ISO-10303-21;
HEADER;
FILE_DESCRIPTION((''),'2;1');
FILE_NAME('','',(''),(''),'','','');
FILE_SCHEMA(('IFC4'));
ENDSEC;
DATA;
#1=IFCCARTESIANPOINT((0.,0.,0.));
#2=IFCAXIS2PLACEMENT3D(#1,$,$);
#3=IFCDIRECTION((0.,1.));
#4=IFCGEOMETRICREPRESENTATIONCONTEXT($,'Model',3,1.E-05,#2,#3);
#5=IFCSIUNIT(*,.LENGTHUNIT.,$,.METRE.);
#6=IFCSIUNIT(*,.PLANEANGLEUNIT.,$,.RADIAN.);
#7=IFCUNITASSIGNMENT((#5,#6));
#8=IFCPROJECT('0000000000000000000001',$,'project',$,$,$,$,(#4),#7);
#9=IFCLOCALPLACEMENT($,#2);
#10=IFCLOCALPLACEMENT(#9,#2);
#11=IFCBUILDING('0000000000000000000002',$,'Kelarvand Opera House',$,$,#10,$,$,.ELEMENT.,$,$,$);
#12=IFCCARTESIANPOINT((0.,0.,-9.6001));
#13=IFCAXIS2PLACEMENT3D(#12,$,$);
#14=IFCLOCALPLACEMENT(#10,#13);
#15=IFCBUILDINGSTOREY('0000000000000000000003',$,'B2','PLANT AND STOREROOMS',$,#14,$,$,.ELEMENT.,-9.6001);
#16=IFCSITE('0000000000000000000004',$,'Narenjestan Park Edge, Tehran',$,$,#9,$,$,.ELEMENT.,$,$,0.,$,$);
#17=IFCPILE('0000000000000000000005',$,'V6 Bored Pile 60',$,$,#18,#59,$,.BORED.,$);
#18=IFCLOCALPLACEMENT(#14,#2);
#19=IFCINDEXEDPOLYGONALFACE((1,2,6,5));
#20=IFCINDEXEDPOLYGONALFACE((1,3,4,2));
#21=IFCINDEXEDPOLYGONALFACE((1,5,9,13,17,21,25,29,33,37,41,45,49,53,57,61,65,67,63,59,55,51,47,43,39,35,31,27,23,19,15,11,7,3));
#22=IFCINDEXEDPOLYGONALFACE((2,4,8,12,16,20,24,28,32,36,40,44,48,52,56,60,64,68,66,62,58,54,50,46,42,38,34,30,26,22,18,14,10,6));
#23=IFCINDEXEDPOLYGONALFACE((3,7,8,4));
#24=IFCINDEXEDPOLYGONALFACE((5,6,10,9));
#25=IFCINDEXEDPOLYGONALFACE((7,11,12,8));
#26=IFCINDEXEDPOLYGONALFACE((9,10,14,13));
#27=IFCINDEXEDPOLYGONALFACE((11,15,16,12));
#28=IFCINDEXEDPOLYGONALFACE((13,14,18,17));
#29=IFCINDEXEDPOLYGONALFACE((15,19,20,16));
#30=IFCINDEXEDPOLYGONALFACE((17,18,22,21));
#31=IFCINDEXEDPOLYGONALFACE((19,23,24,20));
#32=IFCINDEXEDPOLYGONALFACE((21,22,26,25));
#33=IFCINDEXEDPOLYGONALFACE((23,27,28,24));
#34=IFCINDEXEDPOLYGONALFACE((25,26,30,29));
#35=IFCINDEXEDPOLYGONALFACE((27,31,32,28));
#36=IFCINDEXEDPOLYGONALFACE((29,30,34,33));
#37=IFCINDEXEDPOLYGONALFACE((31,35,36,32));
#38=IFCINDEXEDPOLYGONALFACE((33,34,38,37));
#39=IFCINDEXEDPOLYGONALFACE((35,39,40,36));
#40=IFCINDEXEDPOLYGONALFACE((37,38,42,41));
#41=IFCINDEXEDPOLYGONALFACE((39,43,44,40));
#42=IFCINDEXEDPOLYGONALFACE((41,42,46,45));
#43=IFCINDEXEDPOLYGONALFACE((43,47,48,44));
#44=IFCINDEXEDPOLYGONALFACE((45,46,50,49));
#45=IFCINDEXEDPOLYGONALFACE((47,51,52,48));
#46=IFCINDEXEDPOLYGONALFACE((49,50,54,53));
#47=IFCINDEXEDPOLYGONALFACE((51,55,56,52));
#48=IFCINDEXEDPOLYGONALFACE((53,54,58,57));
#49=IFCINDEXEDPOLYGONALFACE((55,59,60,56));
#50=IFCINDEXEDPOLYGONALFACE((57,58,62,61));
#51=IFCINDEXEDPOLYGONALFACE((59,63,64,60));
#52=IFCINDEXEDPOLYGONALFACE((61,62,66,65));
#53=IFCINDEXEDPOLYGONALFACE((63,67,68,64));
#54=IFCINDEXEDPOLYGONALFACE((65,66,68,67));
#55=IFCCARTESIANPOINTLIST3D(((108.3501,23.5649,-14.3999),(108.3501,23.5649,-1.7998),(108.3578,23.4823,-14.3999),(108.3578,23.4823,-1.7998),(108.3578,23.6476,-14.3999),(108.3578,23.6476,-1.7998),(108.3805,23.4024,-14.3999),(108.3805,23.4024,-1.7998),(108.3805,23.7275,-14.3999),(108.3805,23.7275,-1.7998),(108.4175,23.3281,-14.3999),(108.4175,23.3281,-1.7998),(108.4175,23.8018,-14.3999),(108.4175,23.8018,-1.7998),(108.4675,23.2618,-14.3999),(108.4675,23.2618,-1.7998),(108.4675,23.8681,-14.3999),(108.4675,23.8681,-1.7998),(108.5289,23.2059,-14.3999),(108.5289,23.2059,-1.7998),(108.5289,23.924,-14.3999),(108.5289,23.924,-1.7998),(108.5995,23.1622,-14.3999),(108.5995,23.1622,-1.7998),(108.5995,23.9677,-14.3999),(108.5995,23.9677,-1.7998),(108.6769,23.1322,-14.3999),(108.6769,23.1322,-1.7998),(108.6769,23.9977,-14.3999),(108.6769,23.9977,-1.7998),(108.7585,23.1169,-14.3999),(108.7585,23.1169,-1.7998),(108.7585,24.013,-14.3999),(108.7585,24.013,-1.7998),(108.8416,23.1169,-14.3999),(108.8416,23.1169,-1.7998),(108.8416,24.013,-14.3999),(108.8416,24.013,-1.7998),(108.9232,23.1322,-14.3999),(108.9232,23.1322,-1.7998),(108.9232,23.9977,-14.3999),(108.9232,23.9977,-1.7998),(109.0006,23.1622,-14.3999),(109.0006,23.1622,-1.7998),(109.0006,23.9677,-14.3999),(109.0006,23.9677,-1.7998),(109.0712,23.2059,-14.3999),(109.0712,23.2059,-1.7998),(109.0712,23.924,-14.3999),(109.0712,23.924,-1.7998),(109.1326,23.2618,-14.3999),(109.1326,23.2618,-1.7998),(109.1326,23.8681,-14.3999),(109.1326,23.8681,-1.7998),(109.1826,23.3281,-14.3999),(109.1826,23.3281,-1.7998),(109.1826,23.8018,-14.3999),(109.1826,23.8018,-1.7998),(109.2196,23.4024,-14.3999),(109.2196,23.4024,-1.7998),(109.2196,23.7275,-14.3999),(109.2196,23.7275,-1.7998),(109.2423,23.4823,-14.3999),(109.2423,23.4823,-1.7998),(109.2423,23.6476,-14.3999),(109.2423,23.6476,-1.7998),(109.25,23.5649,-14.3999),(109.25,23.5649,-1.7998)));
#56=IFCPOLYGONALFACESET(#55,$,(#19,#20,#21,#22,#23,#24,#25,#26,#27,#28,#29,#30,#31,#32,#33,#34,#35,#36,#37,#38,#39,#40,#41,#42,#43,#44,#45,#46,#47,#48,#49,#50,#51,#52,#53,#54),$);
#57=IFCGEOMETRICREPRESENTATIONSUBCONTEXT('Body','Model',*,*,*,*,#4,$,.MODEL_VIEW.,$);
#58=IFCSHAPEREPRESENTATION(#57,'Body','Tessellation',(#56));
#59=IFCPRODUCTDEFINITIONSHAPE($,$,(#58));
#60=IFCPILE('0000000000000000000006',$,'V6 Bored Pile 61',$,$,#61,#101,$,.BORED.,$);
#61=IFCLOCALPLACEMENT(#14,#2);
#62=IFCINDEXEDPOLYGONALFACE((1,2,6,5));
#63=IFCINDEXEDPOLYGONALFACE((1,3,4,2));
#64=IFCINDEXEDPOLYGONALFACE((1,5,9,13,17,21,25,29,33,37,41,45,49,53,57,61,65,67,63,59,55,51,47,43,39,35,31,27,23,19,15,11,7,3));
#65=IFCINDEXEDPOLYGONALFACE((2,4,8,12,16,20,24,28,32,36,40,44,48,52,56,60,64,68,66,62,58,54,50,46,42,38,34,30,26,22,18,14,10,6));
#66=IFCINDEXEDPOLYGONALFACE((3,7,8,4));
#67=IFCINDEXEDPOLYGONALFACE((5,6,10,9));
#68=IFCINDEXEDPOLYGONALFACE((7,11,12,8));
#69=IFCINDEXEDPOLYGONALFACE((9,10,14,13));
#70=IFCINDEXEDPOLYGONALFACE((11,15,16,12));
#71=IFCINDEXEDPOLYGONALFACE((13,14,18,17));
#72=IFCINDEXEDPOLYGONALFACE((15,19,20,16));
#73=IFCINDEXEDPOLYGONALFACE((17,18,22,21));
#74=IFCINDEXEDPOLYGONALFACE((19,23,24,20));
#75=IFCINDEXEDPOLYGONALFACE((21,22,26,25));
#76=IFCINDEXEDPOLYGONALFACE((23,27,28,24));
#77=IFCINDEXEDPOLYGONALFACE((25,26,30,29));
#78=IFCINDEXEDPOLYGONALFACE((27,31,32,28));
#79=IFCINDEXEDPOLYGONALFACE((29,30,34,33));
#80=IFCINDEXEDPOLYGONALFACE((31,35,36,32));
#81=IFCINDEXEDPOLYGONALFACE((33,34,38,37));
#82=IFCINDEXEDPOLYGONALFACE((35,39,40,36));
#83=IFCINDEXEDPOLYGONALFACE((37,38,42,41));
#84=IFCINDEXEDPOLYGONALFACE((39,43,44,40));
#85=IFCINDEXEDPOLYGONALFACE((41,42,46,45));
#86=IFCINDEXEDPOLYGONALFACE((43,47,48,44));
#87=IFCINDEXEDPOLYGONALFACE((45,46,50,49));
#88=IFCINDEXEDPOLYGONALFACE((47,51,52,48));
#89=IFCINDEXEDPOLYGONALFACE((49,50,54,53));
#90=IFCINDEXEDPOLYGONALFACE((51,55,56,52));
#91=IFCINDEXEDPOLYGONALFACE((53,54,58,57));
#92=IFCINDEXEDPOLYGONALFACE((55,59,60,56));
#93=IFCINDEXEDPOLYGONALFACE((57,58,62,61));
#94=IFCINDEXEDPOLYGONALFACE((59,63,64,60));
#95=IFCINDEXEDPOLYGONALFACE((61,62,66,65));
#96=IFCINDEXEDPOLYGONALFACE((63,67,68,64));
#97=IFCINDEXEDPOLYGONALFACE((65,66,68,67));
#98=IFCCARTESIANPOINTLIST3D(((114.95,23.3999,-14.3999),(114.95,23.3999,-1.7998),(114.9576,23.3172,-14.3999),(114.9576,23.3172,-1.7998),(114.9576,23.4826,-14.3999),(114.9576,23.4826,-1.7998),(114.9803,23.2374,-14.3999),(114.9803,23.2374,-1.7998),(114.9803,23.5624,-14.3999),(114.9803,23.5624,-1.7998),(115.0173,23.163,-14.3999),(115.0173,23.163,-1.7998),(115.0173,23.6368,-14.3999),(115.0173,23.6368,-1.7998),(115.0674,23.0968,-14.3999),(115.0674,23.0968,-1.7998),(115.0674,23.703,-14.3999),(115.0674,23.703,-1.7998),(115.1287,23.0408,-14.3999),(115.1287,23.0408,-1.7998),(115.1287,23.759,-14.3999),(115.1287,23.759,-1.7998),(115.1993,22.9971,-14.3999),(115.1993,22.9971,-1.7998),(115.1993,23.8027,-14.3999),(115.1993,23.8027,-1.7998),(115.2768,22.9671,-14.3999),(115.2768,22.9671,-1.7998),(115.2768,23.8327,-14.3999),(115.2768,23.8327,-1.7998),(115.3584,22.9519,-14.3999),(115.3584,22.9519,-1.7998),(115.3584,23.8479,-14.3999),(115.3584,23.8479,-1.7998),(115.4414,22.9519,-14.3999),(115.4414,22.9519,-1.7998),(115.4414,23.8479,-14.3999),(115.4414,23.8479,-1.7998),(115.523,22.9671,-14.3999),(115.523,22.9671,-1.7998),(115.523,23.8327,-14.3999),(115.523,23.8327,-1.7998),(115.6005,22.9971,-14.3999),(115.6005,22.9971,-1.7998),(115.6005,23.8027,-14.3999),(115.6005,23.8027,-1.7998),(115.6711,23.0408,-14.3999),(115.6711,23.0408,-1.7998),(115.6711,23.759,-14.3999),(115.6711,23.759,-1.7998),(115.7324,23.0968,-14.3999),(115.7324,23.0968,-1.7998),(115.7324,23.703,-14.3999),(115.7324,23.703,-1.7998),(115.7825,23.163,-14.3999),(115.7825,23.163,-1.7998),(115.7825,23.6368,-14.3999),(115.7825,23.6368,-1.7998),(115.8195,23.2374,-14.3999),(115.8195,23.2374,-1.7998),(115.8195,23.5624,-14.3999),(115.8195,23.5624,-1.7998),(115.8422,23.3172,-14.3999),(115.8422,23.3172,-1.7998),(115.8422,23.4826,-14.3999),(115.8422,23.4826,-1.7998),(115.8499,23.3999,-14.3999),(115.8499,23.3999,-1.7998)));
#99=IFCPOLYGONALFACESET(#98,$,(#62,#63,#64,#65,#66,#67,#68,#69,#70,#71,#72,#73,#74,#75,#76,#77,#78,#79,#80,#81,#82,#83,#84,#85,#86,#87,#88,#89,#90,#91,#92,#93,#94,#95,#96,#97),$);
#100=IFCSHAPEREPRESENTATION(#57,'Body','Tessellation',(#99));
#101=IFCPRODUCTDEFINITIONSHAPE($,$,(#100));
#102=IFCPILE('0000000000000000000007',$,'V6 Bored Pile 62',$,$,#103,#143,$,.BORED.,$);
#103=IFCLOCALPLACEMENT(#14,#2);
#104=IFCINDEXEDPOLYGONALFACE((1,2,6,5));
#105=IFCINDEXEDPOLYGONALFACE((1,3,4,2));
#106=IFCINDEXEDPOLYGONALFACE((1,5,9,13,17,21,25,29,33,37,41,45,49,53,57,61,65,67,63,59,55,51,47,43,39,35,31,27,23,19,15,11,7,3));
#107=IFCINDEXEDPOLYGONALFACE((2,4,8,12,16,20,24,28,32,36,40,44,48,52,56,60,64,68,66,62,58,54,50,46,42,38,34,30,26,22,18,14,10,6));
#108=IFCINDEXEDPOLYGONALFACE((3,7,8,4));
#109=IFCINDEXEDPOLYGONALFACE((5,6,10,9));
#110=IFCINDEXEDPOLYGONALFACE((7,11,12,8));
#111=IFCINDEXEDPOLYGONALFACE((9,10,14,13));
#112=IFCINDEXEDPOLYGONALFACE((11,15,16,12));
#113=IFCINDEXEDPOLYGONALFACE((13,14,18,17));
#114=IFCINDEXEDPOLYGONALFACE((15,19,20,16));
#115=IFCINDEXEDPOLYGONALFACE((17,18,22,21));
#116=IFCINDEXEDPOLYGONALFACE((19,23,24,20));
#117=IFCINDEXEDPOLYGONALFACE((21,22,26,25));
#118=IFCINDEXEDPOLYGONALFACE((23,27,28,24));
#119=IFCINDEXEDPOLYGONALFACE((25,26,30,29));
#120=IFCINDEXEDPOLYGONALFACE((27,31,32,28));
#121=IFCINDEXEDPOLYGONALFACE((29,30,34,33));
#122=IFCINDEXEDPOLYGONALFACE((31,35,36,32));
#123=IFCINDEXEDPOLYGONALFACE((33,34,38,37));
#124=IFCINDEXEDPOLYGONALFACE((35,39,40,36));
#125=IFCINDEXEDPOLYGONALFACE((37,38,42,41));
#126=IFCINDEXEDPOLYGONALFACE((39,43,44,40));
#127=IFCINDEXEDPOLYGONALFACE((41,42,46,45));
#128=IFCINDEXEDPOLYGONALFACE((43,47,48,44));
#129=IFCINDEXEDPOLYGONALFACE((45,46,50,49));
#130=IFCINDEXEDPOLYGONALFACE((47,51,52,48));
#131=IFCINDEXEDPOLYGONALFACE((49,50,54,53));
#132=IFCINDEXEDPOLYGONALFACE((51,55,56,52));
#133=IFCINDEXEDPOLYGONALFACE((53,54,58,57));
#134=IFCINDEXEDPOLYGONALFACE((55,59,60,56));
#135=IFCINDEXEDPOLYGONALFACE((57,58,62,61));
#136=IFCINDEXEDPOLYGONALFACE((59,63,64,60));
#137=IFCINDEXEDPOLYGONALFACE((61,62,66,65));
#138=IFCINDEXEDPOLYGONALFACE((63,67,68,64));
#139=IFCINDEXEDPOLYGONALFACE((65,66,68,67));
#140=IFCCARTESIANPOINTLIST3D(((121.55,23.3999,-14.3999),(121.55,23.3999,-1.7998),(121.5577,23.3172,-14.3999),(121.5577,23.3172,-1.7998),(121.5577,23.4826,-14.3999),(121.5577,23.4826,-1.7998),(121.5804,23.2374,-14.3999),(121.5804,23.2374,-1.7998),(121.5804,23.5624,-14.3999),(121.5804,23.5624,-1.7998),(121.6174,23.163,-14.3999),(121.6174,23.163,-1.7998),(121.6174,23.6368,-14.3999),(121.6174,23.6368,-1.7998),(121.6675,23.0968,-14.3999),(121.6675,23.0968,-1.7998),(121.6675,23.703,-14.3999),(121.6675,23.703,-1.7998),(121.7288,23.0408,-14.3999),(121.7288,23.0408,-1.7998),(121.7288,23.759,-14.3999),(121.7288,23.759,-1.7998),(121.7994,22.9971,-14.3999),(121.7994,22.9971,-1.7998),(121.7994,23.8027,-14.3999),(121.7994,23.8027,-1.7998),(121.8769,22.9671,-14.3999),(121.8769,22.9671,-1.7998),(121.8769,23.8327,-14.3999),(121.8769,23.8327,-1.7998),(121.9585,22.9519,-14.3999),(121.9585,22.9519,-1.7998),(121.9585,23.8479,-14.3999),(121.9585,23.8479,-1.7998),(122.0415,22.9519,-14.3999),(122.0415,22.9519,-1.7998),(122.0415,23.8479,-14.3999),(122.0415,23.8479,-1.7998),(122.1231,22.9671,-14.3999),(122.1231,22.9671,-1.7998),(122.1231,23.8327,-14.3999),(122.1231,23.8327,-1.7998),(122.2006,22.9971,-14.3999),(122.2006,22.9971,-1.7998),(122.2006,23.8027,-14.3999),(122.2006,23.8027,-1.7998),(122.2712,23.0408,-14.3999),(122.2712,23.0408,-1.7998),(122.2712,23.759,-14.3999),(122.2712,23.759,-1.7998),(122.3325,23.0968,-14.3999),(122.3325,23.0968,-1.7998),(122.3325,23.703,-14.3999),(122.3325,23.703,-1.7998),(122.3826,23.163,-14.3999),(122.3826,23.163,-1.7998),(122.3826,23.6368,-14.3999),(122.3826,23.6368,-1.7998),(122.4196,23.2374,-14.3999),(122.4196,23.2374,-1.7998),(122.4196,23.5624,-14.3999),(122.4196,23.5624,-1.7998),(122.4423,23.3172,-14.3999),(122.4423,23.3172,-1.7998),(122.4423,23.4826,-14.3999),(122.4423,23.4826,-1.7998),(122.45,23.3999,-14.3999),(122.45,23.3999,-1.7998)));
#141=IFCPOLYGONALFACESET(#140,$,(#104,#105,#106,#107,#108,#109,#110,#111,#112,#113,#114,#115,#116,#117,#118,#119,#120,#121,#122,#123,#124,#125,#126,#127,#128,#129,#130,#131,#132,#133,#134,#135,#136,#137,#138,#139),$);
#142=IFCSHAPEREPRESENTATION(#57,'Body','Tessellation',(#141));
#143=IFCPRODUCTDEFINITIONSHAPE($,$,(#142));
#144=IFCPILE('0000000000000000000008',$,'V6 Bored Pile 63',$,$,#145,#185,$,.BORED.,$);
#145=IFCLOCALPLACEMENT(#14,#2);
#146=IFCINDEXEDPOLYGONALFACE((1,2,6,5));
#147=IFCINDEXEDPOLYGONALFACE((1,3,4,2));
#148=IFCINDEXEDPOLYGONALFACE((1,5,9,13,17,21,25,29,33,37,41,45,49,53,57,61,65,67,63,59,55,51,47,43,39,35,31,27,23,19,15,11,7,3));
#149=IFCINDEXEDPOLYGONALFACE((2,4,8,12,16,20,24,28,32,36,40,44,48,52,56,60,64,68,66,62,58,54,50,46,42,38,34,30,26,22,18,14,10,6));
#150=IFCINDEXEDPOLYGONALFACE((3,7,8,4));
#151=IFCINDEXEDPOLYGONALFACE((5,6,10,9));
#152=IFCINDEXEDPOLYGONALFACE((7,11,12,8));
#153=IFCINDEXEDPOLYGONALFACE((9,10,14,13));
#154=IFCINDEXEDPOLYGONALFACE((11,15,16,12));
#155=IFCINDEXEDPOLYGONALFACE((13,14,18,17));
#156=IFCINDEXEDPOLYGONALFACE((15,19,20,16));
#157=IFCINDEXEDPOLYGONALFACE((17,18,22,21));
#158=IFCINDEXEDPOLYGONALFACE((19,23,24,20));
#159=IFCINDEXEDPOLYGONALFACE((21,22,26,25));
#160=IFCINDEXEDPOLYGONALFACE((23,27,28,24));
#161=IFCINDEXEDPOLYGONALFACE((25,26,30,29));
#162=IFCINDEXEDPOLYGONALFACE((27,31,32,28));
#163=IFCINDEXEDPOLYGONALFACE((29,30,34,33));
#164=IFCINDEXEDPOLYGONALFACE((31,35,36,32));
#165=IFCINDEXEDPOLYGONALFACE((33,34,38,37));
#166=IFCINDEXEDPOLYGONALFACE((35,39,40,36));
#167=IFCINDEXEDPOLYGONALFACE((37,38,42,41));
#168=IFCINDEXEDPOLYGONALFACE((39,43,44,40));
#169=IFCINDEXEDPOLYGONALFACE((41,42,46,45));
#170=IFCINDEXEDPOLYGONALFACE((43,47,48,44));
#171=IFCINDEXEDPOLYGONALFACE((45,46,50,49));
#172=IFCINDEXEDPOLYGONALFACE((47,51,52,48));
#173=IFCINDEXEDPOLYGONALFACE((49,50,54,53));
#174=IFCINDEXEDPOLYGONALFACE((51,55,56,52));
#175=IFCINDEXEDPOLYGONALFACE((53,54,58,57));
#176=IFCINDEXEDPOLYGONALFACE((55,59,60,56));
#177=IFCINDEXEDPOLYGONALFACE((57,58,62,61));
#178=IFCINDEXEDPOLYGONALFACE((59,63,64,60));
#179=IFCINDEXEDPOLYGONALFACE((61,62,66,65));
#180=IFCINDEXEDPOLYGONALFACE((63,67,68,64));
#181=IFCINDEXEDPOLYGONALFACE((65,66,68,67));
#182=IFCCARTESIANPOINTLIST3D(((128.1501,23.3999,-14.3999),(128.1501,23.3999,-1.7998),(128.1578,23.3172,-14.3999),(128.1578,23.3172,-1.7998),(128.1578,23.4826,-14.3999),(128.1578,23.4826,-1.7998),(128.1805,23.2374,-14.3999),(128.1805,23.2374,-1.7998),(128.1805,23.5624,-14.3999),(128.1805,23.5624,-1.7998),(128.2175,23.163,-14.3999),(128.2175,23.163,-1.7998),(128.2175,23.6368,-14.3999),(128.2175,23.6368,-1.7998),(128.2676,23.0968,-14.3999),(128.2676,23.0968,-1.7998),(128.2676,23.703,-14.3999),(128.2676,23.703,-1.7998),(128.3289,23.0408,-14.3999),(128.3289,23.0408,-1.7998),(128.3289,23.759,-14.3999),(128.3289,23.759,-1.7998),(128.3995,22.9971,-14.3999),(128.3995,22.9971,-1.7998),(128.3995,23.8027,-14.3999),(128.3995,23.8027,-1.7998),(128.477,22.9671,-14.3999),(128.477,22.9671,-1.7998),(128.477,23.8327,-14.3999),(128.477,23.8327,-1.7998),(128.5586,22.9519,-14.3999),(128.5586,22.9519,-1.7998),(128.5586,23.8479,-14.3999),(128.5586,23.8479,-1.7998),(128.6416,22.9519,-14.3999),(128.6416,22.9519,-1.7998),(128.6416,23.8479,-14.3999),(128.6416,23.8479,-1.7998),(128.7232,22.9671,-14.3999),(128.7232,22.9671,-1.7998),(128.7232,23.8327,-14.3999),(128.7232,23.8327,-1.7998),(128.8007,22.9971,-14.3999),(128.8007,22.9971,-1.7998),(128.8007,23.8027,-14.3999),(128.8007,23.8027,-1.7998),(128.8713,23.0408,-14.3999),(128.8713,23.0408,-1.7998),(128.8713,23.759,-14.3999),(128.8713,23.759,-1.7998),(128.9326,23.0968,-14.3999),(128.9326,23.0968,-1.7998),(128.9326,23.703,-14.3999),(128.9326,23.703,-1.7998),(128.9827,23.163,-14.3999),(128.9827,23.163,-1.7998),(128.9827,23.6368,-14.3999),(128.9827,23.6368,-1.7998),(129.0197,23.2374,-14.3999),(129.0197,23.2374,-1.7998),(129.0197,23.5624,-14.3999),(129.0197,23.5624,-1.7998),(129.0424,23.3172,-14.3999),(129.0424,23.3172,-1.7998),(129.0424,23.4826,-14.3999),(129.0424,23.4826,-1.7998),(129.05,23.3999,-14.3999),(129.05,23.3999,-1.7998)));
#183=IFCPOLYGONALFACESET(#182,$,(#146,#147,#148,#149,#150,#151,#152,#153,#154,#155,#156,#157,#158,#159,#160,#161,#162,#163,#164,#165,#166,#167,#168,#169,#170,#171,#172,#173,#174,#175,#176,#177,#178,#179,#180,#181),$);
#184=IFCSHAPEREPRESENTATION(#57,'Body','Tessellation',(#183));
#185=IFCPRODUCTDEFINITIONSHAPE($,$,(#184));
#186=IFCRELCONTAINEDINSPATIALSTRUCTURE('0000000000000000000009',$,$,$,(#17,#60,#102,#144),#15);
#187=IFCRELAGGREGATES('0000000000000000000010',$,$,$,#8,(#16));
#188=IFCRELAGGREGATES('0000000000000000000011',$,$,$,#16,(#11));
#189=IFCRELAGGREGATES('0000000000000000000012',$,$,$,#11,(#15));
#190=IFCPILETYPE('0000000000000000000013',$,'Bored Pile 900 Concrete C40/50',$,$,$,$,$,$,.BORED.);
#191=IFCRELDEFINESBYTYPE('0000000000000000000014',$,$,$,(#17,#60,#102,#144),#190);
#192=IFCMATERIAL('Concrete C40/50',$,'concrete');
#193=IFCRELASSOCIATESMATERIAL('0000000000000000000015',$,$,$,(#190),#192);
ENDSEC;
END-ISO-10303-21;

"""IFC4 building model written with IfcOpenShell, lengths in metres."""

from ifc_helpers import new_model, si_unit, direction, frame, origin, origin_2d, place, context, subcontext, project, spatial, circle, extrude, material, material_profile, profile_set, type_object, element, save


model = new_model("IFC4")

# Units and contexts
model_context = context("Model", 3, precision=1e-05, world=origin(), true_north=direction((0.0, 1.0)))
body_context = subcontext(model_context, "Body", "Model", "MODEL_VIEW")
ifc_project = project(units=[si_unit("LENGTHUNIT", "METRE"), si_unit("PLANEANGLEUNIT", "RADIAN")], contexts=[model_context])

# Site, building, storey
site_placement = place(None, origin())
site = spatial("IfcSite", under=ifc_project, at=site_placement, Name="Narenjestan Park Edge, Tehran", CompositionType="ELEMENT", RefElevation=0.0)
building_placement = place(site_placement, origin())
building = spatial("IfcBuilding", under=site, at=building_placement, Name="Kelarvand Opera House", CompositionType="ELEMENT")
storey_placement = place(building_placement, frame((0.0, 0.0, -9.6001)))
storey = spatial("IfcBuildingStorey", under=building, at=storey_placement, Name="B2", Description="PLANT AND STOREROOMS", CompositionType="ELEMENT", Elevation=-9.6001)

# Piles
ifc_material_1 = material(Name="Concrete C40/50", Category="concrete")
ifc_material_profile_1 = material_profile(ifc_material_1, circle(Radius=0.45, at=origin_2d()), Name="BP 900", Category="concrete")
ifc_profile_set_1 = profile_set([ifc_material_profile_1], Name="Concrete C40/50")
pile_type = type_object("IfcPileType", Name="Bored Pile 900 Concrete C40/50", PredefinedType="BORED", material=ifc_profile_set_1)
for number, where, z_axis, x_axis, name in (
    (1, (108.8, 23.5649, -1.7998), (0.0, 0.0, -1.0), (1.0, 0.0, 0.0), "V6 Bored Pile 60"),
    (2, (115.3999, 23.3999, -1.7998), (0.0, 0.0, -1.0), (1.0, 0.0, 0.0), "V6 Bored Pile 61"),
    (3, (122.0, 23.3999, -1.7998), (0.0, 0.0, -1.0), (1.0, 0.0, 0.0), "V6 Bored Pile 62"),
    (4, (128.6001, 23.3999, -1.7998), (0.0, 0.0, -1.0), (1.0, 0.0, 0.0), "V6 Bored Pile 63"),
):
    element("IfcPile", number, at=place(storey_placement, frame(where, z_axis=z_axis, x_axis=x_axis)), inside=storey, type_object=pile_type, Name=name, PredefinedType="BORED", context=body_context, shape_type="SweptSolid", body=[
        extrude(circle(Radius=0.45, at=origin_2d()), origin(), (0.0, 0.0, 1.0), 12.6001),
    ])

save(model, "model.ifc")
